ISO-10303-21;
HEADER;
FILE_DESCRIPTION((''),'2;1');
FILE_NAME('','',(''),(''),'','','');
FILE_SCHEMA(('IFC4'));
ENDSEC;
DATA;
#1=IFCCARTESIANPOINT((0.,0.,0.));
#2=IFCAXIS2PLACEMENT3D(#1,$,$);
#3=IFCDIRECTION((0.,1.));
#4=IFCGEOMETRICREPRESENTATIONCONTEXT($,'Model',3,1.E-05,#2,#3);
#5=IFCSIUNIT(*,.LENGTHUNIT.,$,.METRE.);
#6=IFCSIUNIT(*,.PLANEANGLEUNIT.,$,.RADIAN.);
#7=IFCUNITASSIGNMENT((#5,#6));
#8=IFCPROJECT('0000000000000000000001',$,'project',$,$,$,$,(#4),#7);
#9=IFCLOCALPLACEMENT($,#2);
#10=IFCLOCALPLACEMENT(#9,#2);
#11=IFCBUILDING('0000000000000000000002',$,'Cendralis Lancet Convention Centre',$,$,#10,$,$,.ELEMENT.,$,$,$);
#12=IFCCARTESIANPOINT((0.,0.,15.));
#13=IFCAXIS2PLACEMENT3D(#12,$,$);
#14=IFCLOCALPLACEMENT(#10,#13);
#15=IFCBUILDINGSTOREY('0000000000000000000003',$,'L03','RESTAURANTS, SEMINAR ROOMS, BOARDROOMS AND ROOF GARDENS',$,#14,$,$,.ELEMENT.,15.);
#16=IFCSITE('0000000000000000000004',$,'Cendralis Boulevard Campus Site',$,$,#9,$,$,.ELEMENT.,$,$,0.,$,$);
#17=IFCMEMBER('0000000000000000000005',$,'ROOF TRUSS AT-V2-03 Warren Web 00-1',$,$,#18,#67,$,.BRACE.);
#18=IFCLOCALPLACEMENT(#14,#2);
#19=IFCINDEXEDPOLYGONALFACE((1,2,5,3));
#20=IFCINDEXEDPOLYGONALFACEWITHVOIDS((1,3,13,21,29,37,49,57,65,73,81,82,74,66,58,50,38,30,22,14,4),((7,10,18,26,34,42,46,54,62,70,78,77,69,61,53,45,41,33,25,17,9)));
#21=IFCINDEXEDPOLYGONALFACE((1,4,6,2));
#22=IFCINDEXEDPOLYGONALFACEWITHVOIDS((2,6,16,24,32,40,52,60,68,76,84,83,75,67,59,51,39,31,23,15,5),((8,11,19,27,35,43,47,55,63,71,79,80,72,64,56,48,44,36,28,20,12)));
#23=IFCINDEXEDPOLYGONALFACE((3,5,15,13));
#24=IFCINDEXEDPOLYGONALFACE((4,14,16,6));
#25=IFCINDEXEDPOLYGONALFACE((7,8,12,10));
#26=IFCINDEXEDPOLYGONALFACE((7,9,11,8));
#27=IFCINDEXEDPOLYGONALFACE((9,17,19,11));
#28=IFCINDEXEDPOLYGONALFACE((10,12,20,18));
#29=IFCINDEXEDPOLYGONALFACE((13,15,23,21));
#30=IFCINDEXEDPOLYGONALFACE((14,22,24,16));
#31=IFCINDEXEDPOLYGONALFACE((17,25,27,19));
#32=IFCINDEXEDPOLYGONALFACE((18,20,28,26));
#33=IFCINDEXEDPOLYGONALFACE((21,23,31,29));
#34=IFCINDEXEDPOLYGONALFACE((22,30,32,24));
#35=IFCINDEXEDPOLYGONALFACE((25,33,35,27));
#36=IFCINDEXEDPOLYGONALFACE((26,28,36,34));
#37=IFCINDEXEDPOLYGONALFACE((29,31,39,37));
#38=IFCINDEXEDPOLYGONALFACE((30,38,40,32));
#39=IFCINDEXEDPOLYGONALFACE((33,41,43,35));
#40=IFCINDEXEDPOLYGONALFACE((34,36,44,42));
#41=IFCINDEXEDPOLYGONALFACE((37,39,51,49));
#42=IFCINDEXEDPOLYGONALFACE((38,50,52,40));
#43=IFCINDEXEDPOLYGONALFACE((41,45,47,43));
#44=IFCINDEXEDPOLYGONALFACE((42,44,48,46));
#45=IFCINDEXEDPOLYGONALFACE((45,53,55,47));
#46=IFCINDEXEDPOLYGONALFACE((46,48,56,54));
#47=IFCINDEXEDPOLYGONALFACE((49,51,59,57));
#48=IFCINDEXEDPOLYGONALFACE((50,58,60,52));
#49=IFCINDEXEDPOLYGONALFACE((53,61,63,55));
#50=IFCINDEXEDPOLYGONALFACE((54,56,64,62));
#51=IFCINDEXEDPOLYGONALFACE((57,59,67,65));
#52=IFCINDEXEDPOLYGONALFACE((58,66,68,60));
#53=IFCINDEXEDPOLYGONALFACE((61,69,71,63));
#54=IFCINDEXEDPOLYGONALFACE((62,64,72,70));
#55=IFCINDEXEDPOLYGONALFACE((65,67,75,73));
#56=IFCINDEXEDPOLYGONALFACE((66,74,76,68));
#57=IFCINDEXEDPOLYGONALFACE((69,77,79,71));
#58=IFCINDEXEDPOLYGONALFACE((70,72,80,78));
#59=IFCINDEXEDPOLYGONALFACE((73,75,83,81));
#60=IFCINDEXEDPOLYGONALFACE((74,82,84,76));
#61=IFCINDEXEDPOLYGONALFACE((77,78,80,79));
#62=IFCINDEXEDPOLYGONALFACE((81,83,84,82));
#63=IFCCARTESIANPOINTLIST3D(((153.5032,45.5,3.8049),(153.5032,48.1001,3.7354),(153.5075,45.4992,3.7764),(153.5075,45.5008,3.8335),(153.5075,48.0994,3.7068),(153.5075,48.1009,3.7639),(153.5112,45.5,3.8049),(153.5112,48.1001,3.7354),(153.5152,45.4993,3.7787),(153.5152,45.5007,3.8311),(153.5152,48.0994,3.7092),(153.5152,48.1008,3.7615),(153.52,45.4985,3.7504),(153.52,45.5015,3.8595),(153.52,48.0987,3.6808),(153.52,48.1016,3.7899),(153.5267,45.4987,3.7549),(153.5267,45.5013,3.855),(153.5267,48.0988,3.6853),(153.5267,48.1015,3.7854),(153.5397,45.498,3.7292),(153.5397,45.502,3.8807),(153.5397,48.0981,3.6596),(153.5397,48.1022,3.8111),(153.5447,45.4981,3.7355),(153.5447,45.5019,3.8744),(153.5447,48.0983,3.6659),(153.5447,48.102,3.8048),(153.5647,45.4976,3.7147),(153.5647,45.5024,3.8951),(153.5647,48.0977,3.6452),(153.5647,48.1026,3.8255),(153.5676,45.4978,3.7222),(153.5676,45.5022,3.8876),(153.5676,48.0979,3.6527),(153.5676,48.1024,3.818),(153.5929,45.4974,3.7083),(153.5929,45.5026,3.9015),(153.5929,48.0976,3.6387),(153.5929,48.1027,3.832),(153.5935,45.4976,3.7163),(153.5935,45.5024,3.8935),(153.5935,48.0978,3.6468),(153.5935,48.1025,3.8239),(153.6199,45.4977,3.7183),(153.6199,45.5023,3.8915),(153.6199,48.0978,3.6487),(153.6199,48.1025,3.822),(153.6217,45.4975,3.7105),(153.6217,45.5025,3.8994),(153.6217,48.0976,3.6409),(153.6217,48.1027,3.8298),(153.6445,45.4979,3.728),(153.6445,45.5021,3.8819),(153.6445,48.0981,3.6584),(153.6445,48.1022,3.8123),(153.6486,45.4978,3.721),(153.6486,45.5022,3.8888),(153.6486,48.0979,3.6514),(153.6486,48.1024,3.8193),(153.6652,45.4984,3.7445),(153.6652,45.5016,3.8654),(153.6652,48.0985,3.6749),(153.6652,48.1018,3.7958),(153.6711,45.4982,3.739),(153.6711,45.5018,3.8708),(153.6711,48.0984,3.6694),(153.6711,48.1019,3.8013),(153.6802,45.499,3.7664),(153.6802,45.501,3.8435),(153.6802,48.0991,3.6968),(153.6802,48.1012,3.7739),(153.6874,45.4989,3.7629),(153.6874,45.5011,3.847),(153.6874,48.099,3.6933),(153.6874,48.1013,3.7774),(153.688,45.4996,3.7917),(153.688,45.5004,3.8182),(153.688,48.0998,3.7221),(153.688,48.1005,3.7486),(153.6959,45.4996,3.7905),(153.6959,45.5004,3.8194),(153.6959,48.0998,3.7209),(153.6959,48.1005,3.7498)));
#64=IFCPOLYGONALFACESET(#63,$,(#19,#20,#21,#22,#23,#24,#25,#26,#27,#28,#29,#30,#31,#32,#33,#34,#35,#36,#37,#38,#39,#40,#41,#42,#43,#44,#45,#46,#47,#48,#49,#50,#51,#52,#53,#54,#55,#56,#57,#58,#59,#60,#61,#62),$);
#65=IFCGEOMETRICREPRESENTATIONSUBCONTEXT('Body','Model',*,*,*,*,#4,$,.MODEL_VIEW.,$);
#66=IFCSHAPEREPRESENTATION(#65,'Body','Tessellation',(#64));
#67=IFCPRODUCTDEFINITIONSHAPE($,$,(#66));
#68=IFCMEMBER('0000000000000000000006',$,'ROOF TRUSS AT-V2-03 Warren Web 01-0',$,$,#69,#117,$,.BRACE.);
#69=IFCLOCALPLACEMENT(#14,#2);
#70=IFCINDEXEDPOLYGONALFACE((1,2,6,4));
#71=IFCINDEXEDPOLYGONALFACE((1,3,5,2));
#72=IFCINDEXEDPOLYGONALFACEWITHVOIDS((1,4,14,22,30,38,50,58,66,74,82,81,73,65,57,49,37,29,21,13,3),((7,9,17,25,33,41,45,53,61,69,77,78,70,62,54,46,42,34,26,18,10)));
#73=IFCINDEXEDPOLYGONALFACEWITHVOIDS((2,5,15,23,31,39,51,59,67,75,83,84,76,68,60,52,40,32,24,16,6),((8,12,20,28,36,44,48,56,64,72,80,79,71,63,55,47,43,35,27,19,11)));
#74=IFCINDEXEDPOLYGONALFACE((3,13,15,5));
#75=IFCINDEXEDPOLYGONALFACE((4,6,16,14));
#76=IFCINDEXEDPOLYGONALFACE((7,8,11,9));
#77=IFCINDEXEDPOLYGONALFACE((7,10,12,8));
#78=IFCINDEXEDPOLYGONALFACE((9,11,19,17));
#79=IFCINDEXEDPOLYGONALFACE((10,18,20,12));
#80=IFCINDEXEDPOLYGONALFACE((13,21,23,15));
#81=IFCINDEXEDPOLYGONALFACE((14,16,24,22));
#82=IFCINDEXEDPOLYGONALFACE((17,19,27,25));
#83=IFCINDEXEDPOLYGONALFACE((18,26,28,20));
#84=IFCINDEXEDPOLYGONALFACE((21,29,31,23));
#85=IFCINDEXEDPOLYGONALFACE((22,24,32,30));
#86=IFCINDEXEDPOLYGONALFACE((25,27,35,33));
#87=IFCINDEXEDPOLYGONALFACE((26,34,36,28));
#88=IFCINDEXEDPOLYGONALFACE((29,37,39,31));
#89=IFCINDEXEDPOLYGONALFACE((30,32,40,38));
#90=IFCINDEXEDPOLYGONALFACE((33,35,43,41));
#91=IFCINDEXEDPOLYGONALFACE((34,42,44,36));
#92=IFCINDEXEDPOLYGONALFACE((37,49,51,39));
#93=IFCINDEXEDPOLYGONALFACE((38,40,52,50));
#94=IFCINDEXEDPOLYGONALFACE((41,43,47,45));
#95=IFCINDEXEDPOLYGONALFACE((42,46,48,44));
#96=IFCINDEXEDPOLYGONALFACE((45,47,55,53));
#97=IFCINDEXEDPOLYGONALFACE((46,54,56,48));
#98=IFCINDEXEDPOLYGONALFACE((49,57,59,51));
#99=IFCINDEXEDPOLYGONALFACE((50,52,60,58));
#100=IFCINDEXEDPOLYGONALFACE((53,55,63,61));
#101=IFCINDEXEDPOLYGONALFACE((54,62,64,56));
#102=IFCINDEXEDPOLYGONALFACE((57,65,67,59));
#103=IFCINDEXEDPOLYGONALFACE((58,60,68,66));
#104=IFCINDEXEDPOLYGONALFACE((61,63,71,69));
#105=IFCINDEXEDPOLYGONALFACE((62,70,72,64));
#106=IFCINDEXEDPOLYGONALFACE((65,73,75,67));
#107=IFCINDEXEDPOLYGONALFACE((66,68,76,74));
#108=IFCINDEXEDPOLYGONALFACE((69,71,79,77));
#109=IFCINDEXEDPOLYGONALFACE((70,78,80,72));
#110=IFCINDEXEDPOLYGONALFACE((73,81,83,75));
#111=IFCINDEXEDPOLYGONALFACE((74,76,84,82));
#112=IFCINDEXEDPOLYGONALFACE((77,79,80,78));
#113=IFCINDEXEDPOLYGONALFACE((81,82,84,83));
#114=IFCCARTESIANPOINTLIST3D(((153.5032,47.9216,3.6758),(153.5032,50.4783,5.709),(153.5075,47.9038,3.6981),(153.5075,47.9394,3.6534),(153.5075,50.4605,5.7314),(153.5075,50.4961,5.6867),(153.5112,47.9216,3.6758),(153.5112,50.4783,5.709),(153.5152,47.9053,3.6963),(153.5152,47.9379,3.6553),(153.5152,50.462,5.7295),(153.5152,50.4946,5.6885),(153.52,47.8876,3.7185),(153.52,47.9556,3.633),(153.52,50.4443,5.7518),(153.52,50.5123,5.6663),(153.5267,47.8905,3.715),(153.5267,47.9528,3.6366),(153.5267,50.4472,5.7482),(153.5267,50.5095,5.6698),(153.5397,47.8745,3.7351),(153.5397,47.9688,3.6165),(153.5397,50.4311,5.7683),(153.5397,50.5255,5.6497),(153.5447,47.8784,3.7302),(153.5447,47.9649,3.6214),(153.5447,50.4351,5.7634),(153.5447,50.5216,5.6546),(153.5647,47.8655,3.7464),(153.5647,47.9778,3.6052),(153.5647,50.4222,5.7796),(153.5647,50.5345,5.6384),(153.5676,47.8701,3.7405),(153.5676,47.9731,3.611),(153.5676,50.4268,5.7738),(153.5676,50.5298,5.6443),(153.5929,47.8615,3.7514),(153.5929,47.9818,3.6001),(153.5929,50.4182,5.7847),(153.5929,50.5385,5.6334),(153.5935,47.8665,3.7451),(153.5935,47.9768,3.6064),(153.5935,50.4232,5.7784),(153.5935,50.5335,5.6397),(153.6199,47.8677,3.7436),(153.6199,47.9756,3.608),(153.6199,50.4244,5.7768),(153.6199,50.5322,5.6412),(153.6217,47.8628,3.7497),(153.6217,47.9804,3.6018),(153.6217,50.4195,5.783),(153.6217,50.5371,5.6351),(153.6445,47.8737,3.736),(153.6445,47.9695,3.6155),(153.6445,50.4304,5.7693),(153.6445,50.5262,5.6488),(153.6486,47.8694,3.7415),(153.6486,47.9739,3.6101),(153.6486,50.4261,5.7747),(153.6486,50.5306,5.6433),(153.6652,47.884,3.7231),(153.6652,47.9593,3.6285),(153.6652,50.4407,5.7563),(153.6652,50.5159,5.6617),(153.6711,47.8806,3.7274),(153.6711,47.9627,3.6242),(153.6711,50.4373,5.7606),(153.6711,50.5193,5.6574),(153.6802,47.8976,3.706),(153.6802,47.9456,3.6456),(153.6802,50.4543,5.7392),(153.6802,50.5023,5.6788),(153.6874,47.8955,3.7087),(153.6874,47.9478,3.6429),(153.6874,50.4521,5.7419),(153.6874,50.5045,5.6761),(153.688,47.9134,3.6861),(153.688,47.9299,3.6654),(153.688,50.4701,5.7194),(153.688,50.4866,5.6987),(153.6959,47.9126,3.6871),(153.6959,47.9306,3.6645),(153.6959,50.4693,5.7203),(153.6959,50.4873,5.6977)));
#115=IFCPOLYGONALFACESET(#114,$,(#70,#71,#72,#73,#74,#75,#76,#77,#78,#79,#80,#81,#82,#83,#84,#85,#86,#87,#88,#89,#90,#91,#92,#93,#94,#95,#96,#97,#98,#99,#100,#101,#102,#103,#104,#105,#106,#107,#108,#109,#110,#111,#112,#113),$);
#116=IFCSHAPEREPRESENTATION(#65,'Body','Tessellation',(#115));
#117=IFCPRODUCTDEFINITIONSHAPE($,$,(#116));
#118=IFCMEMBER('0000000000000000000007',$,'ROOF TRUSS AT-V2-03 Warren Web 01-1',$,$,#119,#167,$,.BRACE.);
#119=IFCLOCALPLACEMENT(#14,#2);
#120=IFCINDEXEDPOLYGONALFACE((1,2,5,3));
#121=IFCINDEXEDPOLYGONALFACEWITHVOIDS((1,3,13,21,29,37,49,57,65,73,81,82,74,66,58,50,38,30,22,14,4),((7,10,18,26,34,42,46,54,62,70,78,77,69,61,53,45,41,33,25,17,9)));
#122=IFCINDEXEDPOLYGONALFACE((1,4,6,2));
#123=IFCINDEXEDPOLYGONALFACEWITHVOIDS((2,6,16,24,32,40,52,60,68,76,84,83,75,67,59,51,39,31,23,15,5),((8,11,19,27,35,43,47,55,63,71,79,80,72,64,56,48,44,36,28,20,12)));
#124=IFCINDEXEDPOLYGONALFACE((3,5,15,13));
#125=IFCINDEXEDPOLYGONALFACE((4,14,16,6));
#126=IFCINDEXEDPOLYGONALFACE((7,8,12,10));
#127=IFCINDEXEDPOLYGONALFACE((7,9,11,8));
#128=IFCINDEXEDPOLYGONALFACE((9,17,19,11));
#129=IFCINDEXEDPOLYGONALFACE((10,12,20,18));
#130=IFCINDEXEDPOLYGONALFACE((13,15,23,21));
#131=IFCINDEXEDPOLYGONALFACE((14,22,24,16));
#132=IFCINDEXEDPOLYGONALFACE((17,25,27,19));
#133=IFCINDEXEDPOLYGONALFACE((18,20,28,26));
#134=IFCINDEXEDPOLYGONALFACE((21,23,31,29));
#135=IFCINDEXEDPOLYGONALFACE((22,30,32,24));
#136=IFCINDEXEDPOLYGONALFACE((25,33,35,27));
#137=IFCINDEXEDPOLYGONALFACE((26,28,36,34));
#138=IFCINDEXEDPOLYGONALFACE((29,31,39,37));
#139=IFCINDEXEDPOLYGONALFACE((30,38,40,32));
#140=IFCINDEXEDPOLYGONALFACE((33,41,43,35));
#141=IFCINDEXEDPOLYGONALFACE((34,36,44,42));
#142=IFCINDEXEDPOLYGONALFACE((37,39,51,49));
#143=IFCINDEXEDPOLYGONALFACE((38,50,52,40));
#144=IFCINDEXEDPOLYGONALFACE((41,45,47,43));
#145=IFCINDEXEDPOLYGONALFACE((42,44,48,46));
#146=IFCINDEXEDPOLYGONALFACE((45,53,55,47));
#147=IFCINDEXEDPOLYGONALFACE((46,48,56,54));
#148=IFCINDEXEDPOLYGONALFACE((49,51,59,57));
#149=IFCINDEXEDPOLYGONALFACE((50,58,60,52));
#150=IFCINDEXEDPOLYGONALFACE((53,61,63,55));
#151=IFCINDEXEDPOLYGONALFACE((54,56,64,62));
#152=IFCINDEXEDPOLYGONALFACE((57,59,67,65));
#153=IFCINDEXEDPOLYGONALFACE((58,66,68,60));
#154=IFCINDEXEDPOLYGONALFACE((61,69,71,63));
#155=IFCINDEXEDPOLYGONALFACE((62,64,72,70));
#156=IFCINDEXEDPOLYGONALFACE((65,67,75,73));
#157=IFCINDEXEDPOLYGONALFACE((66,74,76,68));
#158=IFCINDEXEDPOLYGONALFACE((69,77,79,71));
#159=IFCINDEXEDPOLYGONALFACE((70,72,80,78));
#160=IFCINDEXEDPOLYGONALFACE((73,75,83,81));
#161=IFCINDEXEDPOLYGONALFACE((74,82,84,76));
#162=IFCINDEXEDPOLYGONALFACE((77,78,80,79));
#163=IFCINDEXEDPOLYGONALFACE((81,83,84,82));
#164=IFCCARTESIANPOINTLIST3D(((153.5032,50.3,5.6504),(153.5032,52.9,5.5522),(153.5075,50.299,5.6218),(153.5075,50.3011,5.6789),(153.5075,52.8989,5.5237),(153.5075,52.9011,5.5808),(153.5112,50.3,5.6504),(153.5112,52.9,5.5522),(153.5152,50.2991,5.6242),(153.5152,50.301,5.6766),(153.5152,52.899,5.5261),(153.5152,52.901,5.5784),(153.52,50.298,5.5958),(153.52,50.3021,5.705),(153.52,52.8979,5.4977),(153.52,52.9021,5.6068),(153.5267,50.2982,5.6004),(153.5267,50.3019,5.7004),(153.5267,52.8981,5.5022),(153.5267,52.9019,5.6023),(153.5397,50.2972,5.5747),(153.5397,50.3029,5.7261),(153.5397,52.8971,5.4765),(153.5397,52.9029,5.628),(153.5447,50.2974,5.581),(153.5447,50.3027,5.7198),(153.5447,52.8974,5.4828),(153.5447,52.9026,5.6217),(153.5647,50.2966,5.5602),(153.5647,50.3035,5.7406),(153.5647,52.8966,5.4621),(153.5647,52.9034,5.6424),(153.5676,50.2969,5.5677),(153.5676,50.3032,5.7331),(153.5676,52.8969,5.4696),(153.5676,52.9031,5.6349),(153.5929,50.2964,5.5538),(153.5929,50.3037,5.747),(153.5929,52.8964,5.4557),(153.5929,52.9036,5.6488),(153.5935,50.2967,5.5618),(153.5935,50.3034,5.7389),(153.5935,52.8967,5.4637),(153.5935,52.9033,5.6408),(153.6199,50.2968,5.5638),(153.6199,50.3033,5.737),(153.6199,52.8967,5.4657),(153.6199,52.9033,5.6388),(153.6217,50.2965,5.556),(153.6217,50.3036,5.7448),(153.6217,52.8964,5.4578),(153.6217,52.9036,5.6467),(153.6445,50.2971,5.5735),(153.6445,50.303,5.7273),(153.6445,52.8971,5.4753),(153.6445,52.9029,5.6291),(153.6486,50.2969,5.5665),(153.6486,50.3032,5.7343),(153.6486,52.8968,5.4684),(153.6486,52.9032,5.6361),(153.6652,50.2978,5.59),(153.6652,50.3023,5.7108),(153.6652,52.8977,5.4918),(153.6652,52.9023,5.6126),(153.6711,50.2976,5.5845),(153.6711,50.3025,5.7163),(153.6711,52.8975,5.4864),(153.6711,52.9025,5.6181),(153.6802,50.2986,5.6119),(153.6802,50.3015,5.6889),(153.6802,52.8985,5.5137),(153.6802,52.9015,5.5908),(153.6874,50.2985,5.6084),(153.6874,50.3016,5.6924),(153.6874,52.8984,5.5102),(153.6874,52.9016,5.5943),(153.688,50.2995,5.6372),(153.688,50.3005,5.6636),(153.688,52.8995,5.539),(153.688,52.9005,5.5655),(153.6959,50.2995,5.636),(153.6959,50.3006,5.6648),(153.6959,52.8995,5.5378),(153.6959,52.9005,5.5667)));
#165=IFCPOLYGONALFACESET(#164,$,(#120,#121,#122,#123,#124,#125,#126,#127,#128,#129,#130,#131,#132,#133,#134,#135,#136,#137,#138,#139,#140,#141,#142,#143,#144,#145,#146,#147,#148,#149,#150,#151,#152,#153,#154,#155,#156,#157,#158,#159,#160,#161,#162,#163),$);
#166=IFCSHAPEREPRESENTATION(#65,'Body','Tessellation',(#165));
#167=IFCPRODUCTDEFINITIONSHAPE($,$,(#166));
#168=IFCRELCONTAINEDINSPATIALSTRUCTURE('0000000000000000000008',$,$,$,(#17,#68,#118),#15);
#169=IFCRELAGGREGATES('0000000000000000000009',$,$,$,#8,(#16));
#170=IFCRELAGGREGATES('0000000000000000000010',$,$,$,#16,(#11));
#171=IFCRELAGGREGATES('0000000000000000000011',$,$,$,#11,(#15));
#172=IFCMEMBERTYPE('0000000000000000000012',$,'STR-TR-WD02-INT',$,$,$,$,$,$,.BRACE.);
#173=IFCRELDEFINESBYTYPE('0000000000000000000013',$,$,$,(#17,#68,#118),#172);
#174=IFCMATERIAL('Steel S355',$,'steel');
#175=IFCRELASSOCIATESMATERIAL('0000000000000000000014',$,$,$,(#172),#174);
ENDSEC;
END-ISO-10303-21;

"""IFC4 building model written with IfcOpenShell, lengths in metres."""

from ifc_helpers import new_model, si_unit, direction, frame, origin, origin_2d, place, context, subcontext, project, spatial, hollow_circle, extrude, material, material_profile, profile_set, type_object, element, save


model = new_model("IFC4")

# Units and contexts
model_context = context("Model", 3, precision=1e-05, world=origin(), true_north=direction((0.0, 1.0)))
body_context = subcontext(model_context, "Body", "Model", "MODEL_VIEW")
ifc_project = project(units=[si_unit("LENGTHUNIT", "METRE"), si_unit("PLANEANGLEUNIT", "RADIAN")], contexts=[model_context])

# Site, building, storey
site_placement = place(None, origin())
site = spatial("IfcSite", under=ifc_project, at=site_placement, Name="Cendralis Boulevard Campus Site", CompositionType="ELEMENT", RefElevation=0.0)
building_placement = place(site_placement, origin())
building = spatial("IfcBuilding", under=site, at=building_placement, Name="Cendralis Lancet Convention Centre", CompositionType="ELEMENT")
storey_placement = place(building_placement, frame((0.0, 0.0, 15.0)))
storey = spatial("IfcBuildingStorey", under=building, at=storey_placement, Name="L03", Description="RESTAURANTS, SEMINAR ROOMS, BOARDROOMS AND ROOF GARDENS", CompositionType="ELEMENT", Elevation=15.0)

# Shared definitions
ifc_material_1 = material(Name="Steel S355", Category="steel")

# Members
ifc_material_profile_1 = material_profile(ifc_material_1, hollow_circle(Radius=0.0969, WallThickness=0.0081, at=origin_2d()), Name="CHS 193.7x8.0")
ifc_profile_set_1 = profile_set([ifc_material_profile_1], Name="Steel S355")
member_type_1 = type_object("IfcMemberType", Name="STR-TR-WD02-INT", PredefinedType="BRACE", material=ifc_profile_set_1)
member_1_placement = place(storey_placement, frame((153.6001, 45.5, 3.8049), z_axis=(0.0, 0.999642, -0.026751), x_axis=(-1.0, 0.0, 0.0)))
element("IfcMember", 1, at=member_1_placement, inside=storey, type_object=member_type_1, Name="ROOF TRUSS AT-V2-03 Warren Web 00-1", PredefinedType="BRACE", context=body_context, shape_type="SweptSolid", body=[
    extrude(hollow_circle(Radius=0.0969, WallThickness=0.0081, at=origin_2d()), origin(), (0.0, 0.0, 1.0), 2.6011),
])
member_2_placement = place(storey_placement, frame((153.6001, 47.9216, 3.6758), z_axis=(0.0, 0.782674, 0.622432), x_axis=(-1.0, 0.0, 0.0)))
element("IfcMember", 2, at=member_2_placement, inside=storey, type_object=member_type_1, Name="ROOF TRUSS AT-V2-03 Warren Web 01-0", PredefinedType="BRACE", context=body_context, shape_type="SweptSolid", body=[
    extrude(hollow_circle(Radius=0.0969, WallThickness=0.0081, at=origin_2d()), origin(), (0.0, 0.0, 1.0), 3.2666),
])
member_3_placement = place(storey_placement, frame((153.6001, 50.3, 5.6504), z_axis=(0.0, 0.999288, -0.037723), x_axis=(-1.0, 0.0, 0.0)))
element("IfcMember", 3, at=member_3_placement, inside=storey, type_object=member_type_1, Name="ROOF TRUSS AT-V2-03 Warren Web 01-1", PredefinedType="BRACE", context=body_context, shape_type="SweptSolid", body=[
    extrude(hollow_circle(Radius=0.0969, WallThickness=0.0081, at=origin_2d()), origin(), (0.0, 0.0, 1.0), 2.6018),
])

save(model, "model.ifc")
